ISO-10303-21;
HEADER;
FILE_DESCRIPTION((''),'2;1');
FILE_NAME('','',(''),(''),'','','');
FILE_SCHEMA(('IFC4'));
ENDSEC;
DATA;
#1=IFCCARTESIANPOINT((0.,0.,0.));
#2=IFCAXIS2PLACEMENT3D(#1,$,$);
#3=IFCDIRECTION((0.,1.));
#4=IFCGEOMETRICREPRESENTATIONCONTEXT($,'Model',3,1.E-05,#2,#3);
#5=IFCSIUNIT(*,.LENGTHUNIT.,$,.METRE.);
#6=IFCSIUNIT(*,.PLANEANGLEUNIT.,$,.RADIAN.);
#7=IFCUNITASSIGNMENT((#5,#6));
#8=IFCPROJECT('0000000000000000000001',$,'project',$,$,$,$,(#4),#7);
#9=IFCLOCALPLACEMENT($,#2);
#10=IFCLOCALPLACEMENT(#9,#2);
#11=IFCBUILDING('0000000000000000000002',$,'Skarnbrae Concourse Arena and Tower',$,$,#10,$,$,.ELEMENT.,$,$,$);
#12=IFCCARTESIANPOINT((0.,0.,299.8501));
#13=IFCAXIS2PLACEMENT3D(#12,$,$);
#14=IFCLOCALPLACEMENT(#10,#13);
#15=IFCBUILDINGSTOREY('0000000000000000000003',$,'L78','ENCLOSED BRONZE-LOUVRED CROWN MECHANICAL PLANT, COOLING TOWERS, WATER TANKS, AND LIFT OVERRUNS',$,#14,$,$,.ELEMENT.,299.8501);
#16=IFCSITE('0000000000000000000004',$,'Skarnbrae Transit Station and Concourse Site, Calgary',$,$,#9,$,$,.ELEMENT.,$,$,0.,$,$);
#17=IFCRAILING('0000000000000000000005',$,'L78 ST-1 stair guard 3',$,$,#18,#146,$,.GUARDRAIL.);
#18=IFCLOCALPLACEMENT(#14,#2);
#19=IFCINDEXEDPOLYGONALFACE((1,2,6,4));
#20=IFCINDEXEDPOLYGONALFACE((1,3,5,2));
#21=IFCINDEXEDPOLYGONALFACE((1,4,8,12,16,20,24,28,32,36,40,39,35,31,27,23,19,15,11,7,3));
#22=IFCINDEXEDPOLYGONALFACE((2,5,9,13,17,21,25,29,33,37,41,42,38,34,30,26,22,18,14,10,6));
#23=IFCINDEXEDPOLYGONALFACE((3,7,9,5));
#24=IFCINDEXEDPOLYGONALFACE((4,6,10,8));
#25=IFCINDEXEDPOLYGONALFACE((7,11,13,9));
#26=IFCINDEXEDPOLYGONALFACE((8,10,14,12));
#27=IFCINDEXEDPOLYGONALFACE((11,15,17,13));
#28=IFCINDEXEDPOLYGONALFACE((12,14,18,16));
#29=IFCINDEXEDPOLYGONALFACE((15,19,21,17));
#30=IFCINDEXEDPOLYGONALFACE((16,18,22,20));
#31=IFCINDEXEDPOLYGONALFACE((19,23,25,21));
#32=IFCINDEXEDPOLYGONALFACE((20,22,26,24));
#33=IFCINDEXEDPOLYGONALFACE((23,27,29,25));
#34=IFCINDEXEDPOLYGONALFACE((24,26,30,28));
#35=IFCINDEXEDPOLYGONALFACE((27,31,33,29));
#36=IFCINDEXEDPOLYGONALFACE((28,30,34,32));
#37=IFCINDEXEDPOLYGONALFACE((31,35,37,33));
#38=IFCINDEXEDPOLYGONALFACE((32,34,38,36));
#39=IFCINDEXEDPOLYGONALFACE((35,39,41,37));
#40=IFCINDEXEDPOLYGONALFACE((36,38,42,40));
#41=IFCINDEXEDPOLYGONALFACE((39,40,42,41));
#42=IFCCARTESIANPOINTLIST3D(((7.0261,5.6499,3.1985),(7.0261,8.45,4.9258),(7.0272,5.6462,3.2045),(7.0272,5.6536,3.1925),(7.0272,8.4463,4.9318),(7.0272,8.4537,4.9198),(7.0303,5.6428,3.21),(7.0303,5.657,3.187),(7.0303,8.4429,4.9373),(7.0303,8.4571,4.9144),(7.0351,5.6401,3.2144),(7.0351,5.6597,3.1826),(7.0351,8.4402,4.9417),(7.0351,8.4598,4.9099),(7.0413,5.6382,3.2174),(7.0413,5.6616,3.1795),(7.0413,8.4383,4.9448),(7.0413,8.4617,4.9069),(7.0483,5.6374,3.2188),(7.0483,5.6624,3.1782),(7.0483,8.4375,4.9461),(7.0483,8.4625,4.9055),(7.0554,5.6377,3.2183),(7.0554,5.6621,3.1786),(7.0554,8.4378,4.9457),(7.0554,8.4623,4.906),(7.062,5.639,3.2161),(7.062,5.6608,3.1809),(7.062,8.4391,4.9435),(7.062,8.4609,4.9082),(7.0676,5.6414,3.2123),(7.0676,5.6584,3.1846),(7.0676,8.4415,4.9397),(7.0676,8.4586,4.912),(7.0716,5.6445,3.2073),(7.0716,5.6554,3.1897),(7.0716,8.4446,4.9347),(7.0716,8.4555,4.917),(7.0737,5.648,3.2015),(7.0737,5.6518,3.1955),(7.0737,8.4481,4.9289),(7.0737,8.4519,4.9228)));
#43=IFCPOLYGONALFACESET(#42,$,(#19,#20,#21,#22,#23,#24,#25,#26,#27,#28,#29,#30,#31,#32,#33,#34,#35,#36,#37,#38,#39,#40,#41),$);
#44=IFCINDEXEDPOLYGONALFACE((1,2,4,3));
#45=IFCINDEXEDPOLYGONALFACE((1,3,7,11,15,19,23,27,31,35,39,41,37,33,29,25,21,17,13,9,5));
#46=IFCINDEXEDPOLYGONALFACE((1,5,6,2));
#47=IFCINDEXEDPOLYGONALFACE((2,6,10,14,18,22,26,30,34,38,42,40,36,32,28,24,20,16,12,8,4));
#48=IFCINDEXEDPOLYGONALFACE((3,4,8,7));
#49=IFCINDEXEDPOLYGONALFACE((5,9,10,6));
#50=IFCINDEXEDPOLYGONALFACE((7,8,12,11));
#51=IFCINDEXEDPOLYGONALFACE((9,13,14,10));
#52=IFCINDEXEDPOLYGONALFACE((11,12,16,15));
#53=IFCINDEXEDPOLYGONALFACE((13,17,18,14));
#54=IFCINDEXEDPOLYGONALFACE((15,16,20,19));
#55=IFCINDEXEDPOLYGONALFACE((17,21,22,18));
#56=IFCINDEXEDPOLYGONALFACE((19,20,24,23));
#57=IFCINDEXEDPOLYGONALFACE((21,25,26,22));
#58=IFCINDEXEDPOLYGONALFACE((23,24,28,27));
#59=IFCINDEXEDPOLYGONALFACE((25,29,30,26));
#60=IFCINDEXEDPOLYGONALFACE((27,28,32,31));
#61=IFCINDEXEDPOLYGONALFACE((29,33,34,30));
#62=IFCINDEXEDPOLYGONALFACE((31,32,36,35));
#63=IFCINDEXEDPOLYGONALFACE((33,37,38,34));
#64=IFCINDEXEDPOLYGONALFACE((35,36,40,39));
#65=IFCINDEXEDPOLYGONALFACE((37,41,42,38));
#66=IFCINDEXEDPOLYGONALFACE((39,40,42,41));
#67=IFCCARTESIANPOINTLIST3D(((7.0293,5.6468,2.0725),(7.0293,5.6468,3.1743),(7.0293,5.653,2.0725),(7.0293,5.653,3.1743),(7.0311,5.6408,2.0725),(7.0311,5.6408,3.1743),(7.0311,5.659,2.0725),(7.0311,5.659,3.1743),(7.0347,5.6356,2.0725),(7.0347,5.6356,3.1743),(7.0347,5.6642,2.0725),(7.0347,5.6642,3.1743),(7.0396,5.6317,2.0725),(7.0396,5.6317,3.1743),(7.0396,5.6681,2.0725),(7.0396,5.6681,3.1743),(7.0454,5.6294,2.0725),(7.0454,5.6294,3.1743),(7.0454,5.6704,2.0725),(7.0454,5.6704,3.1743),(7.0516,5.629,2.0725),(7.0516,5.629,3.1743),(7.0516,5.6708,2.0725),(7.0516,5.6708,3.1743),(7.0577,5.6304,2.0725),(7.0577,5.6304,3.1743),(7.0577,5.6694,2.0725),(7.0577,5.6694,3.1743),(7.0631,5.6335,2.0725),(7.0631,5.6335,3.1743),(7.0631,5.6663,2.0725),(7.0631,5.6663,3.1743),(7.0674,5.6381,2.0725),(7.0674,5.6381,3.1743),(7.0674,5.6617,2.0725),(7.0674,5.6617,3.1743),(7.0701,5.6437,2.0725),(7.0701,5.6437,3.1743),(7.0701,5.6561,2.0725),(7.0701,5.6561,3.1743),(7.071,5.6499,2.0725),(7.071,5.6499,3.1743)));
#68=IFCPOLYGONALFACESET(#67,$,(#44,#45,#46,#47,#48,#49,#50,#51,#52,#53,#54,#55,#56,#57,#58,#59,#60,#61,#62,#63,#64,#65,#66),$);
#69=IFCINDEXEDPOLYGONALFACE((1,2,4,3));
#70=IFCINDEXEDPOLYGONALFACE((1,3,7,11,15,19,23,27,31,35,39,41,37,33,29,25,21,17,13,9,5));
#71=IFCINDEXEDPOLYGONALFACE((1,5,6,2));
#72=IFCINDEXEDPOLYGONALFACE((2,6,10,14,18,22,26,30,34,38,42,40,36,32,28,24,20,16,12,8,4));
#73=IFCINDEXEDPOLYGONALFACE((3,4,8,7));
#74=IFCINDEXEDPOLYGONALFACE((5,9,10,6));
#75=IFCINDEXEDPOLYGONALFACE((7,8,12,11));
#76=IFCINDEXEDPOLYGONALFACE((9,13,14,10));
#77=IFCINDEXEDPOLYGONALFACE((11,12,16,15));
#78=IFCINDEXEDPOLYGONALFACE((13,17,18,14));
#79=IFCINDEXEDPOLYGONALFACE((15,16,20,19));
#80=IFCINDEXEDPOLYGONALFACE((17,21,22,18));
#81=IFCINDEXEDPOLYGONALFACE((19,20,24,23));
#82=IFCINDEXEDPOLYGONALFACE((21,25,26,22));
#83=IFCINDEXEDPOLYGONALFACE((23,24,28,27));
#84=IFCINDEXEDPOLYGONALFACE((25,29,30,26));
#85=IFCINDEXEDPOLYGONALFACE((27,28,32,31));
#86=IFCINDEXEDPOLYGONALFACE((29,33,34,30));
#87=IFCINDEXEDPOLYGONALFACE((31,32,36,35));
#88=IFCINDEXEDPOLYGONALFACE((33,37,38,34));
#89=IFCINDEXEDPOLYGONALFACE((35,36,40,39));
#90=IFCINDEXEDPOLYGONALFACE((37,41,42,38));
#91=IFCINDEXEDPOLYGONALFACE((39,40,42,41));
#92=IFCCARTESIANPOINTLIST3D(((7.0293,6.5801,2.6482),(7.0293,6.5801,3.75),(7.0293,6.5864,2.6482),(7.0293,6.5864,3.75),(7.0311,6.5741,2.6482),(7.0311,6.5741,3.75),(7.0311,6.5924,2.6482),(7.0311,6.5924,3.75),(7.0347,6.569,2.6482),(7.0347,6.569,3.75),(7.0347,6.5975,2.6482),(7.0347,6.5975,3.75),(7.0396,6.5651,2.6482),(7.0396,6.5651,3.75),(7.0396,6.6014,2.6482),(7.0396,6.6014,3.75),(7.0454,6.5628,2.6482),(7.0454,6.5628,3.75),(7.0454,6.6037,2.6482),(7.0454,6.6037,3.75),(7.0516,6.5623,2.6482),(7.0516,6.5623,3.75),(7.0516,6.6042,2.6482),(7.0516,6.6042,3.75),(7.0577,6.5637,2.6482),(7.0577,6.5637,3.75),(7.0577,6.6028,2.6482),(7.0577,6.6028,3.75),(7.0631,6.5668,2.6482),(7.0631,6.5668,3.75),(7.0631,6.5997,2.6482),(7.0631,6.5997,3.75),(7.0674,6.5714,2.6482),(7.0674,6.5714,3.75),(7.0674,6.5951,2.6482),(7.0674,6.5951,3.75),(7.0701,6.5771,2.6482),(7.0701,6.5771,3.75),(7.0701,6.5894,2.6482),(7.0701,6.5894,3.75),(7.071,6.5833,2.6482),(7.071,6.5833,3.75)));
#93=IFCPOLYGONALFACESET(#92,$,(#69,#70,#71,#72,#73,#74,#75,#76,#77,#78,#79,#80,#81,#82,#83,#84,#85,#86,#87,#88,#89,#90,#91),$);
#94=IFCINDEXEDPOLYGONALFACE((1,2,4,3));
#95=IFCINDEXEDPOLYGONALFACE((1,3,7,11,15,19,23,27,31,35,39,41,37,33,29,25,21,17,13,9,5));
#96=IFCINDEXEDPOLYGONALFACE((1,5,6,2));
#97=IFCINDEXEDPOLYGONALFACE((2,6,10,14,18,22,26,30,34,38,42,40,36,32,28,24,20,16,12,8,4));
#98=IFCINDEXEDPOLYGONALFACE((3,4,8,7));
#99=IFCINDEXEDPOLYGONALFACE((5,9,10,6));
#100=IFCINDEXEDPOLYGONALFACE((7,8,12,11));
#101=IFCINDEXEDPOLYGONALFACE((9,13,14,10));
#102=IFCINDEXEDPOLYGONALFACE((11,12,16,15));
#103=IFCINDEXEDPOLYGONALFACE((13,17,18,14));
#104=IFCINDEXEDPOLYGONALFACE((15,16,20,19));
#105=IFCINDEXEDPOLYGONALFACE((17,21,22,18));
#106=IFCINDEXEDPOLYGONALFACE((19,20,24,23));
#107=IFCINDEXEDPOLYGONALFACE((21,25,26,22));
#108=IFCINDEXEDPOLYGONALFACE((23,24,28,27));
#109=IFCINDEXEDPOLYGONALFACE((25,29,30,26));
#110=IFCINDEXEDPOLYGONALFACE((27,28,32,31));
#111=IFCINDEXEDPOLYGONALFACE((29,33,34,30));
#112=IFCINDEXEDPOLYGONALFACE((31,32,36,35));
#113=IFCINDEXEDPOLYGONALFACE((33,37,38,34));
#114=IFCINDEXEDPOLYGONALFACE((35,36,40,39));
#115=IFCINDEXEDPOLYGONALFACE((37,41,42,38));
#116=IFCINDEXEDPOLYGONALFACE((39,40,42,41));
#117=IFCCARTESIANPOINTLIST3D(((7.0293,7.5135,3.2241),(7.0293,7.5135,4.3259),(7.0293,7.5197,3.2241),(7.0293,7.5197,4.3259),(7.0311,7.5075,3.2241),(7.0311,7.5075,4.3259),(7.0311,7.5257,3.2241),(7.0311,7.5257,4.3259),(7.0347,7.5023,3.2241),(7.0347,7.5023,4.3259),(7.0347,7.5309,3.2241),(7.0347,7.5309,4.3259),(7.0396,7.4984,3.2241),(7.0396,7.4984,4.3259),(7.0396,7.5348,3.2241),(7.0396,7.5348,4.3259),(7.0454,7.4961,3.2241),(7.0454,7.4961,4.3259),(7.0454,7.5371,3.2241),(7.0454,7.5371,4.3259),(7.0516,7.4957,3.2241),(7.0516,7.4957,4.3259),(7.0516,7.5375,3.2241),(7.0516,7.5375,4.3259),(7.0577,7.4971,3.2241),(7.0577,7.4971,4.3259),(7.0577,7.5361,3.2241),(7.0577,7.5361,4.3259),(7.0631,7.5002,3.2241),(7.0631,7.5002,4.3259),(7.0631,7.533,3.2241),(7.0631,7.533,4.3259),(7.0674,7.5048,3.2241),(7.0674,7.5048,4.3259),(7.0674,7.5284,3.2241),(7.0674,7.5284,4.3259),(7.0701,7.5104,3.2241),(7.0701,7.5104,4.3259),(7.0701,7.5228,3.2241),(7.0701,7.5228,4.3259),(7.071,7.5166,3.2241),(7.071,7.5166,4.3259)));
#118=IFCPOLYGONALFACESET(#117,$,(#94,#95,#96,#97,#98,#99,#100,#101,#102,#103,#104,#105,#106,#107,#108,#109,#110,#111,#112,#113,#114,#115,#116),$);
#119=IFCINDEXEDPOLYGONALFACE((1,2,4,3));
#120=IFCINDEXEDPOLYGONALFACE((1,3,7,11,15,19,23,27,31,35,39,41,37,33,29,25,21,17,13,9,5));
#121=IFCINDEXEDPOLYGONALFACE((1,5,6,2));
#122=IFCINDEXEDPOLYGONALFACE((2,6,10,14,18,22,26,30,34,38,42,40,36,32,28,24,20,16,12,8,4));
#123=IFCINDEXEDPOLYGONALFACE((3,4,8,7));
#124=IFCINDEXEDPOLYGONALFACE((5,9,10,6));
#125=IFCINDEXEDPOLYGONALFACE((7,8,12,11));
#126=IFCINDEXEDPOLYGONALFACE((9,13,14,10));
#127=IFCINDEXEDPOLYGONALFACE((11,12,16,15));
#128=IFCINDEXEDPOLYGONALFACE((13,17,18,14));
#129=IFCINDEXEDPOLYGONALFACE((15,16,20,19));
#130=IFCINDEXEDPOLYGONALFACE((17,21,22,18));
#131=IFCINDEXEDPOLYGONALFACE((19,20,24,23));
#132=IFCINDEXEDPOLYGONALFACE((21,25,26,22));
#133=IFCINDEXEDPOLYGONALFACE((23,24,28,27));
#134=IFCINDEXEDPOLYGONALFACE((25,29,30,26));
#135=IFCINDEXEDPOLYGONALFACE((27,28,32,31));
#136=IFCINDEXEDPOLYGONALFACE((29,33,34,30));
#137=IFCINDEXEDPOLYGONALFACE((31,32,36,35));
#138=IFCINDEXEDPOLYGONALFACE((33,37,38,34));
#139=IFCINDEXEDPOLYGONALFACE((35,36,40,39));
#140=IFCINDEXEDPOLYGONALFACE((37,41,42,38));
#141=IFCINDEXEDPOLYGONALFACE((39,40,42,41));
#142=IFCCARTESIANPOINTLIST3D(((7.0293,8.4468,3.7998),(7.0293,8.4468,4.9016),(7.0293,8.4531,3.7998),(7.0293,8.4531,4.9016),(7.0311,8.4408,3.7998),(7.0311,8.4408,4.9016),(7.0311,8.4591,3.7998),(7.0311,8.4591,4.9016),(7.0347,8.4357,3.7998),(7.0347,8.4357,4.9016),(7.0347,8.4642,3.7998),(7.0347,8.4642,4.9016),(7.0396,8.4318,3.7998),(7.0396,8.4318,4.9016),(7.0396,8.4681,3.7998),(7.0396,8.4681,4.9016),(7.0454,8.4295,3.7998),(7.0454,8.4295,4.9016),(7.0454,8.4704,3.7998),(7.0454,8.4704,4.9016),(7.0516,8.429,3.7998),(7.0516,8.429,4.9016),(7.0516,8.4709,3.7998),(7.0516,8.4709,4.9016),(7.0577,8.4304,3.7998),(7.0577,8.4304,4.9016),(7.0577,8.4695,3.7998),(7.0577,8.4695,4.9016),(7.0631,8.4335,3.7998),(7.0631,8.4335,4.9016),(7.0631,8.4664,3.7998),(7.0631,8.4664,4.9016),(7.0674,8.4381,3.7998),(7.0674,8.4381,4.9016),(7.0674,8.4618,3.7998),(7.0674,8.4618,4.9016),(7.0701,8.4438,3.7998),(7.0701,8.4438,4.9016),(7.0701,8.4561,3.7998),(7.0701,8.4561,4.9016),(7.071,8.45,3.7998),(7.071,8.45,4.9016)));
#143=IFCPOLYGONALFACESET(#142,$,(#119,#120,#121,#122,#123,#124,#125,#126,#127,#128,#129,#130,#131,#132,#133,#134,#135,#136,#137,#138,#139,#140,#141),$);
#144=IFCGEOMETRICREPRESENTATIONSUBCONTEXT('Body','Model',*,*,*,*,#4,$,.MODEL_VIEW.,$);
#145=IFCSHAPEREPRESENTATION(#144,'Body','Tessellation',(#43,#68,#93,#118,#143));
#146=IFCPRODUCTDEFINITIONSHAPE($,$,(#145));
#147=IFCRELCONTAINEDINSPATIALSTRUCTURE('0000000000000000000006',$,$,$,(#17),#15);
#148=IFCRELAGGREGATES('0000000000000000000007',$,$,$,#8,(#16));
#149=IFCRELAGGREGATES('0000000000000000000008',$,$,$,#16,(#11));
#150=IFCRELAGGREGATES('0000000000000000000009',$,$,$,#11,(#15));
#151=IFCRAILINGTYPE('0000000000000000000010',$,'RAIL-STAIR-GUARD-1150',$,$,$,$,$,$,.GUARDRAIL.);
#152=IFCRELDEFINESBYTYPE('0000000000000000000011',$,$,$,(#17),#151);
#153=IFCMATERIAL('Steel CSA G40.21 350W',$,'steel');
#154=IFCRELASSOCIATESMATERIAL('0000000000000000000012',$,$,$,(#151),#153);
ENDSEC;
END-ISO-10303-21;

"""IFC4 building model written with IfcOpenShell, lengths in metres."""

from ifc_helpers import new_model, si_unit, direction, frame, origin, origin_2d, place, context, subcontext, project, spatial, circle, extrude, material, type_object, element, save


model = new_model("IFC4")

# Units and contexts
model_context = context("Model", 3, precision=1e-05, world=origin(), true_north=direction((0.0, 1.0)))
body_context = subcontext(model_context, "Body", "Model", "MODEL_VIEW")
ifc_project = project(units=[si_unit("LENGTHUNIT", "METRE"), si_unit("PLANEANGLEUNIT", "RADIAN")], contexts=[model_context])

# Site, building, storey
site_placement = place(None, origin())
site = spatial("IfcSite", under=ifc_project, at=site_placement, Name="Skarnbrae Transit Station and Concourse Site, Calgary", CompositionType="ELEMENT", RefElevation=0.0)
building_placement = place(site_placement, origin())
building = spatial("IfcBuilding", under=site, at=building_placement, Name="Skarnbrae Concourse Arena and Tower", CompositionType="ELEMENT")
storey_placement = place(building_placement, frame((0.0, 0.0, 299.8501)))
storey = spatial("IfcBuildingStorey", under=building, at=storey_placement, Name="L78", Description="ENCLOSED BRONZE-LOUVRED CROWN MECHANICAL PLANT, COOLING TOWERS, WATER TANKS, AND LIFT OVERRUNS", CompositionType="ELEMENT", Elevation=299.8501)

# Shared definitions
ifc_material_1 = material(Name="Steel CSA G40.21 350W", Category="steel")

# Railing
railing_type_1 = type_object("IfcRailingType", Name="RAIL-STAIR-GUARD-1150", PredefinedType="GUARDRAIL", material=ifc_material_1)
railing_1_placement = place(storey_placement, frame((7.05, 5.6499, 2.0725)))
element("IfcRailing", 1, at=railing_1_placement, inside=storey, type_object=railing_type_1, Name="L78 ST-1 stair guard 3", PredefinedType="GUARDRAIL", context=body_context, shape_type="SweptSolid", body=[
    extrude(circle(Radius=0.0239, at=origin_2d()), frame((0.0, 0.0, 1.126), z_axis=(0.0, 0.85109, 0.52502), x_axis=(-1.0, 0.0, 0.0)), (0.0, 0.0, 1.0), 3.29),
    extrude(circle(Radius=0.021, at=origin_2d()), origin(), (0.0, 0.0, 1.0), 1.1018),
    extrude(circle(Radius=0.021, at=origin_2d()), frame((0.0, 0.9333, 0.5757)), (0.0, 0.0, 1.0), 1.1018),
    extrude(circle(Radius=0.021, at=origin_2d()), frame((0.0, 1.8667, 1.1516)), (0.0, 0.0, 1.0), 1.1018),
    extrude(circle(Radius=0.021, at=origin_2d()), frame((0.0, 2.8, 1.7273)), (0.0, 0.0, 1.0), 1.1018),
])

save(model, "model.ifc")
